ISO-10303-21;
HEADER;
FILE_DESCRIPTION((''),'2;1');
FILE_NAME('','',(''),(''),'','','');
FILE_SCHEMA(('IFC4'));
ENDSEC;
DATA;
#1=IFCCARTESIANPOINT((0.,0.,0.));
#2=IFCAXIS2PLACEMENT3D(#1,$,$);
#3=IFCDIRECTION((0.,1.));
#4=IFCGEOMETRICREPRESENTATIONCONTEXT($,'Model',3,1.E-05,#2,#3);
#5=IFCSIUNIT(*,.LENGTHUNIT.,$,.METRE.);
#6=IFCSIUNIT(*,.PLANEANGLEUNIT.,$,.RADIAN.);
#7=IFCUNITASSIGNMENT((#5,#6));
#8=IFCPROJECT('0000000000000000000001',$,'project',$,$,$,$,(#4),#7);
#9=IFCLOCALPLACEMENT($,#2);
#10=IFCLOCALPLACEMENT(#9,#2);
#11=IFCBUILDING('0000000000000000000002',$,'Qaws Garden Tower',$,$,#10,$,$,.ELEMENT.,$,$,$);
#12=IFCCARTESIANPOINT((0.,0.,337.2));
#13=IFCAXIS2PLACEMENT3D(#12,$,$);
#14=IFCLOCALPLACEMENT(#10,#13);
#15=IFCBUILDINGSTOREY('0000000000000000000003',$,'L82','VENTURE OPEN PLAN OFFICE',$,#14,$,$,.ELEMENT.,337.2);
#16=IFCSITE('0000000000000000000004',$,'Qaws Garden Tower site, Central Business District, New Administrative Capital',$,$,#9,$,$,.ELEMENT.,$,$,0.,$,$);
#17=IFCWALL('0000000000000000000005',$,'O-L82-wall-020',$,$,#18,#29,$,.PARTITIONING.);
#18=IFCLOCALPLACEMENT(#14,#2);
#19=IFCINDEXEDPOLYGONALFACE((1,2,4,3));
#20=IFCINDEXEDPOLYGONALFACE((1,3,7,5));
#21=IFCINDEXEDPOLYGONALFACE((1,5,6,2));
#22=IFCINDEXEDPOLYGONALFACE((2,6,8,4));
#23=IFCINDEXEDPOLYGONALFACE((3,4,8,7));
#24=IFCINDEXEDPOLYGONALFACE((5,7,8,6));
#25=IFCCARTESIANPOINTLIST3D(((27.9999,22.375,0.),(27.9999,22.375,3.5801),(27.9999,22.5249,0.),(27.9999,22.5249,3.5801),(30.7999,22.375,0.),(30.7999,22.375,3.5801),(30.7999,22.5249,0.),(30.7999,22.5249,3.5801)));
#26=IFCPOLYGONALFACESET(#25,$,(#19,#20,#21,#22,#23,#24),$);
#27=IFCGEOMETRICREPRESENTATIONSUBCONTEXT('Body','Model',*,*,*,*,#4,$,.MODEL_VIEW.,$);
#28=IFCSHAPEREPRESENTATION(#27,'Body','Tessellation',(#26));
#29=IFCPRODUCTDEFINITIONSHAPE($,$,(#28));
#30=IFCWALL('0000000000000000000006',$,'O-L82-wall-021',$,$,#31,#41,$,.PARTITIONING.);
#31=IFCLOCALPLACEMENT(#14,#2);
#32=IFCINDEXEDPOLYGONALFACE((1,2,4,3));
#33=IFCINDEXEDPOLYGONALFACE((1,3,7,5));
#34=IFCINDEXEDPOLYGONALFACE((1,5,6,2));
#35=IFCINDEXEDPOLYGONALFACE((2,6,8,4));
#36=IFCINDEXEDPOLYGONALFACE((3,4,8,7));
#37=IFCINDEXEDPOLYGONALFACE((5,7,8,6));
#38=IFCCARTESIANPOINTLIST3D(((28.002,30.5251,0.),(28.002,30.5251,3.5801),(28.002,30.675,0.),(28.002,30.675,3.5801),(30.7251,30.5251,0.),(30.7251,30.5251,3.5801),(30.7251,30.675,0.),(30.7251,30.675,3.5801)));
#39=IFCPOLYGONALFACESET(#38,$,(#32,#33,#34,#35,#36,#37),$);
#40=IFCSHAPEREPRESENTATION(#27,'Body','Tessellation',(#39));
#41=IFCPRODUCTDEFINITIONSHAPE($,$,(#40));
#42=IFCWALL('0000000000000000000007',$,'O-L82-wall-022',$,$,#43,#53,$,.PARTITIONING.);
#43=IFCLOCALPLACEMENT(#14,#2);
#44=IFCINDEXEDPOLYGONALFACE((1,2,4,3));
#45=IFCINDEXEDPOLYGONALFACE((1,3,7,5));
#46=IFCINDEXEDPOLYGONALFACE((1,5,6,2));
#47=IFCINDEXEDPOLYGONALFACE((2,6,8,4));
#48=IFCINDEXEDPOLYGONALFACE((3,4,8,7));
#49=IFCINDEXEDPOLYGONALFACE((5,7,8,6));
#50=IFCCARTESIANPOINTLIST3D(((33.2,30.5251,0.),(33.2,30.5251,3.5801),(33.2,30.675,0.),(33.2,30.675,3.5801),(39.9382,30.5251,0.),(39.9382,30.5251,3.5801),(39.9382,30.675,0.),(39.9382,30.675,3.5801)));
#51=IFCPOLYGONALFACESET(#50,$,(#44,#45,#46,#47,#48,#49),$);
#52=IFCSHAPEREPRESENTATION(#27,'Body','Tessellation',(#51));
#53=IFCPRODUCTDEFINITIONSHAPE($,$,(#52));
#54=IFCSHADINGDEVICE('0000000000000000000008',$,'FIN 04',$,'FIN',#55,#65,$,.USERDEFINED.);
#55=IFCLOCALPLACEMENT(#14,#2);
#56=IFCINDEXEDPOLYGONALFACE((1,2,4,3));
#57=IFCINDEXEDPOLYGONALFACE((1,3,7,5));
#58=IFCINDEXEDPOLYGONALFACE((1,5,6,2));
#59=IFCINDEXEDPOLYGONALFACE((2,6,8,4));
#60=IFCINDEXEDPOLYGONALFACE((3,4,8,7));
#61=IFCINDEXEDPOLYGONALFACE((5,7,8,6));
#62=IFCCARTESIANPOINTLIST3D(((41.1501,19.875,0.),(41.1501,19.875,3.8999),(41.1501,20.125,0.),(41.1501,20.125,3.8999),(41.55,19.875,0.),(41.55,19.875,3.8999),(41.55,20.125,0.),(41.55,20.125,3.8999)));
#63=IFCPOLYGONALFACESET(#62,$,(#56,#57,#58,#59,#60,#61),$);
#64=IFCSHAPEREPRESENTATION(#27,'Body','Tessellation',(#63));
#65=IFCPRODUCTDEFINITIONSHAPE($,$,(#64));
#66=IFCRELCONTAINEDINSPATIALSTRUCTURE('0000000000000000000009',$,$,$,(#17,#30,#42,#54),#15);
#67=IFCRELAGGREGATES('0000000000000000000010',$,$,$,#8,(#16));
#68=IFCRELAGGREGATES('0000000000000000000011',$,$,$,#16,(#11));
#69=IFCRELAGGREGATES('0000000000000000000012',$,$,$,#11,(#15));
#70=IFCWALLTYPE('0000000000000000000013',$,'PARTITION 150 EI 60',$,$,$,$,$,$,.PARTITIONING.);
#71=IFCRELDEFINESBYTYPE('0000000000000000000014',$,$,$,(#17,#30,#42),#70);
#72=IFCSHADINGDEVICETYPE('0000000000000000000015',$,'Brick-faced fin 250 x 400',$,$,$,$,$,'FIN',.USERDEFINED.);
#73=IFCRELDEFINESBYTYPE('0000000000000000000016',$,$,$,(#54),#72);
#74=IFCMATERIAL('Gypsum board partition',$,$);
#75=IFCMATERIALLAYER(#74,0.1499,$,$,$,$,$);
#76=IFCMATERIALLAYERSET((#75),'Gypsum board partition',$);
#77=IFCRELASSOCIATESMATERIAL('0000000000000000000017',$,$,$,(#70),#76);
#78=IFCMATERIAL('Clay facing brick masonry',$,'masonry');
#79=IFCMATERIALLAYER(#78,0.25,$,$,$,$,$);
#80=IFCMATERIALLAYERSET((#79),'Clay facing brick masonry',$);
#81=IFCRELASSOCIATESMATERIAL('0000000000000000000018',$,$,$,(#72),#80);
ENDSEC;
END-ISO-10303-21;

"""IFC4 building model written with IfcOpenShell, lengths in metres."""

from ifc_helpers import new_model, si_unit, direction, frame, frame_2d, origin, origin_2d, place, context, subcontext, project, spatial, rectangle, extrude, material, layer, layer_set, type_object, element, save


model = new_model("IFC4")

# Units and contexts
model_context = context("Model", 3, precision=1e-05, world=origin(), true_north=direction((0.0, 1.0)))
body_context = subcontext(model_context, "Body", "Model", "MODEL_VIEW")
ifc_project = project(units=[si_unit("LENGTHUNIT", "METRE"), si_unit("PLANEANGLEUNIT", "RADIAN")], contexts=[model_context])

# Site, building, storey
site_placement = place(None, origin())
site = spatial("IfcSite", under=ifc_project, at=site_placement, Name="Qaws Garden Tower site, Central Business District, New Administrative Capital", CompositionType="ELEMENT", RefElevation=0.0)
building_placement = place(site_placement, origin())
building = spatial("IfcBuilding", under=site, at=building_placement, Name="Qaws Garden Tower", CompositionType="ELEMENT")
storey_placement = place(building_placement, frame((0.0, 0.0, 337.2)))
storey = spatial("IfcBuildingStorey", under=building, at=storey_placement, Name="L82", Description="VENTURE OPEN PLAN OFFICE", CompositionType="ELEMENT", Elevation=337.2)

# Walls
ifc_material_1 = material(Name="Gypsum board partition")
ifc_layer_1 = layer(ifc_material_1, 0.1499)
ifc_layer_set_1 = layer_set([ifc_layer_1], Name="Gypsum board partition")
wall_type_1 = type_object("IfcWallType", Name="PARTITION 150 EI 60", PredefinedType="PARTITIONING", material=ifc_layer_set_1)
wall_1_placement = place(storey_placement, frame((28.0, 22.45, 0.0), z_axis=(0.0, 0.0, 1.0), x_axis=(1.0, 0.0, 0.0)))
element("IfcWall", 1, at=wall_1_placement, inside=storey, type_object=wall_type_1, Name="O-L82-wall-020", PredefinedType="PARTITIONING", context=body_context, shape_type="SweptSolid", body=[
    extrude(rectangle(XDim=2.8, YDim=0.1499, at=frame_2d((1.3999, 0.0))), origin(), (0.0, 0.0, 1.0), 3.5801),
])
wall_2_placement = place(storey_placement, frame((28.002, 30.6001, 0.0), z_axis=(0.0, 0.0, 1.0), x_axis=(1.0, 0.0, 0.0)))
element("IfcWall", 2, at=wall_2_placement, inside=storey, type_object=wall_type_1, Name="O-L82-wall-021", PredefinedType="PARTITIONING", context=body_context, shape_type="SweptSolid", body=[
    extrude(rectangle(XDim=2.7231, YDim=0.1499, at=frame_2d((1.3616, 0.0))), origin(), (0.0, 0.0, 1.0), 3.5801),
])
wall_3_placement = place(storey_placement, frame((33.2, 30.6001, 0.0), z_axis=(0.0, 0.0, 1.0), x_axis=(1.0, 0.0, 0.0)))
element("IfcWall", 3, at=wall_3_placement, inside=storey, type_object=wall_type_1, Name="O-L82-wall-022", PredefinedType="PARTITIONING", context=body_context, shape_type="SweptSolid", body=[
    extrude(rectangle(XDim=6.7383, YDim=0.1499, at=frame_2d((3.3691, 0.0))), origin(), (0.0, 0.0, 1.0), 3.5801),
])

# Shading device
ifc_material_2 = material(Name="Clay facing brick masonry", Category="masonry")
ifc_layer_2 = layer(ifc_material_2, 0.25)
ifc_layer_set_2 = layer_set([ifc_layer_2], Name="Clay facing brick masonry")
shading_device_type = type_object("IfcShadingDeviceType", Name="Brick-faced fin 250 x 400", ElementType="FIN", PredefinedType="USERDEFINED", material=ifc_layer_set_2)
shading_device_placement = place(storey_placement, frame((41.3501, 20.0, 0.0), z_axis=(0.0, 0.0, 1.0), x_axis=(0.0, 1.0, 0.0)))
element("IfcShadingDevice", 4, at=shading_device_placement, inside=storey, type_object=shading_device_type, Name="FIN 04", ObjectType="FIN", PredefinedType="USERDEFINED", context=body_context, shape_type="SweptSolid", body=[
    extrude(rectangle(XDim=0.25, YDim=0.3999, at=origin_2d()), origin(), (0.0, 0.0, 1.0), 3.8999),
])

save(model, "model.ifc")
